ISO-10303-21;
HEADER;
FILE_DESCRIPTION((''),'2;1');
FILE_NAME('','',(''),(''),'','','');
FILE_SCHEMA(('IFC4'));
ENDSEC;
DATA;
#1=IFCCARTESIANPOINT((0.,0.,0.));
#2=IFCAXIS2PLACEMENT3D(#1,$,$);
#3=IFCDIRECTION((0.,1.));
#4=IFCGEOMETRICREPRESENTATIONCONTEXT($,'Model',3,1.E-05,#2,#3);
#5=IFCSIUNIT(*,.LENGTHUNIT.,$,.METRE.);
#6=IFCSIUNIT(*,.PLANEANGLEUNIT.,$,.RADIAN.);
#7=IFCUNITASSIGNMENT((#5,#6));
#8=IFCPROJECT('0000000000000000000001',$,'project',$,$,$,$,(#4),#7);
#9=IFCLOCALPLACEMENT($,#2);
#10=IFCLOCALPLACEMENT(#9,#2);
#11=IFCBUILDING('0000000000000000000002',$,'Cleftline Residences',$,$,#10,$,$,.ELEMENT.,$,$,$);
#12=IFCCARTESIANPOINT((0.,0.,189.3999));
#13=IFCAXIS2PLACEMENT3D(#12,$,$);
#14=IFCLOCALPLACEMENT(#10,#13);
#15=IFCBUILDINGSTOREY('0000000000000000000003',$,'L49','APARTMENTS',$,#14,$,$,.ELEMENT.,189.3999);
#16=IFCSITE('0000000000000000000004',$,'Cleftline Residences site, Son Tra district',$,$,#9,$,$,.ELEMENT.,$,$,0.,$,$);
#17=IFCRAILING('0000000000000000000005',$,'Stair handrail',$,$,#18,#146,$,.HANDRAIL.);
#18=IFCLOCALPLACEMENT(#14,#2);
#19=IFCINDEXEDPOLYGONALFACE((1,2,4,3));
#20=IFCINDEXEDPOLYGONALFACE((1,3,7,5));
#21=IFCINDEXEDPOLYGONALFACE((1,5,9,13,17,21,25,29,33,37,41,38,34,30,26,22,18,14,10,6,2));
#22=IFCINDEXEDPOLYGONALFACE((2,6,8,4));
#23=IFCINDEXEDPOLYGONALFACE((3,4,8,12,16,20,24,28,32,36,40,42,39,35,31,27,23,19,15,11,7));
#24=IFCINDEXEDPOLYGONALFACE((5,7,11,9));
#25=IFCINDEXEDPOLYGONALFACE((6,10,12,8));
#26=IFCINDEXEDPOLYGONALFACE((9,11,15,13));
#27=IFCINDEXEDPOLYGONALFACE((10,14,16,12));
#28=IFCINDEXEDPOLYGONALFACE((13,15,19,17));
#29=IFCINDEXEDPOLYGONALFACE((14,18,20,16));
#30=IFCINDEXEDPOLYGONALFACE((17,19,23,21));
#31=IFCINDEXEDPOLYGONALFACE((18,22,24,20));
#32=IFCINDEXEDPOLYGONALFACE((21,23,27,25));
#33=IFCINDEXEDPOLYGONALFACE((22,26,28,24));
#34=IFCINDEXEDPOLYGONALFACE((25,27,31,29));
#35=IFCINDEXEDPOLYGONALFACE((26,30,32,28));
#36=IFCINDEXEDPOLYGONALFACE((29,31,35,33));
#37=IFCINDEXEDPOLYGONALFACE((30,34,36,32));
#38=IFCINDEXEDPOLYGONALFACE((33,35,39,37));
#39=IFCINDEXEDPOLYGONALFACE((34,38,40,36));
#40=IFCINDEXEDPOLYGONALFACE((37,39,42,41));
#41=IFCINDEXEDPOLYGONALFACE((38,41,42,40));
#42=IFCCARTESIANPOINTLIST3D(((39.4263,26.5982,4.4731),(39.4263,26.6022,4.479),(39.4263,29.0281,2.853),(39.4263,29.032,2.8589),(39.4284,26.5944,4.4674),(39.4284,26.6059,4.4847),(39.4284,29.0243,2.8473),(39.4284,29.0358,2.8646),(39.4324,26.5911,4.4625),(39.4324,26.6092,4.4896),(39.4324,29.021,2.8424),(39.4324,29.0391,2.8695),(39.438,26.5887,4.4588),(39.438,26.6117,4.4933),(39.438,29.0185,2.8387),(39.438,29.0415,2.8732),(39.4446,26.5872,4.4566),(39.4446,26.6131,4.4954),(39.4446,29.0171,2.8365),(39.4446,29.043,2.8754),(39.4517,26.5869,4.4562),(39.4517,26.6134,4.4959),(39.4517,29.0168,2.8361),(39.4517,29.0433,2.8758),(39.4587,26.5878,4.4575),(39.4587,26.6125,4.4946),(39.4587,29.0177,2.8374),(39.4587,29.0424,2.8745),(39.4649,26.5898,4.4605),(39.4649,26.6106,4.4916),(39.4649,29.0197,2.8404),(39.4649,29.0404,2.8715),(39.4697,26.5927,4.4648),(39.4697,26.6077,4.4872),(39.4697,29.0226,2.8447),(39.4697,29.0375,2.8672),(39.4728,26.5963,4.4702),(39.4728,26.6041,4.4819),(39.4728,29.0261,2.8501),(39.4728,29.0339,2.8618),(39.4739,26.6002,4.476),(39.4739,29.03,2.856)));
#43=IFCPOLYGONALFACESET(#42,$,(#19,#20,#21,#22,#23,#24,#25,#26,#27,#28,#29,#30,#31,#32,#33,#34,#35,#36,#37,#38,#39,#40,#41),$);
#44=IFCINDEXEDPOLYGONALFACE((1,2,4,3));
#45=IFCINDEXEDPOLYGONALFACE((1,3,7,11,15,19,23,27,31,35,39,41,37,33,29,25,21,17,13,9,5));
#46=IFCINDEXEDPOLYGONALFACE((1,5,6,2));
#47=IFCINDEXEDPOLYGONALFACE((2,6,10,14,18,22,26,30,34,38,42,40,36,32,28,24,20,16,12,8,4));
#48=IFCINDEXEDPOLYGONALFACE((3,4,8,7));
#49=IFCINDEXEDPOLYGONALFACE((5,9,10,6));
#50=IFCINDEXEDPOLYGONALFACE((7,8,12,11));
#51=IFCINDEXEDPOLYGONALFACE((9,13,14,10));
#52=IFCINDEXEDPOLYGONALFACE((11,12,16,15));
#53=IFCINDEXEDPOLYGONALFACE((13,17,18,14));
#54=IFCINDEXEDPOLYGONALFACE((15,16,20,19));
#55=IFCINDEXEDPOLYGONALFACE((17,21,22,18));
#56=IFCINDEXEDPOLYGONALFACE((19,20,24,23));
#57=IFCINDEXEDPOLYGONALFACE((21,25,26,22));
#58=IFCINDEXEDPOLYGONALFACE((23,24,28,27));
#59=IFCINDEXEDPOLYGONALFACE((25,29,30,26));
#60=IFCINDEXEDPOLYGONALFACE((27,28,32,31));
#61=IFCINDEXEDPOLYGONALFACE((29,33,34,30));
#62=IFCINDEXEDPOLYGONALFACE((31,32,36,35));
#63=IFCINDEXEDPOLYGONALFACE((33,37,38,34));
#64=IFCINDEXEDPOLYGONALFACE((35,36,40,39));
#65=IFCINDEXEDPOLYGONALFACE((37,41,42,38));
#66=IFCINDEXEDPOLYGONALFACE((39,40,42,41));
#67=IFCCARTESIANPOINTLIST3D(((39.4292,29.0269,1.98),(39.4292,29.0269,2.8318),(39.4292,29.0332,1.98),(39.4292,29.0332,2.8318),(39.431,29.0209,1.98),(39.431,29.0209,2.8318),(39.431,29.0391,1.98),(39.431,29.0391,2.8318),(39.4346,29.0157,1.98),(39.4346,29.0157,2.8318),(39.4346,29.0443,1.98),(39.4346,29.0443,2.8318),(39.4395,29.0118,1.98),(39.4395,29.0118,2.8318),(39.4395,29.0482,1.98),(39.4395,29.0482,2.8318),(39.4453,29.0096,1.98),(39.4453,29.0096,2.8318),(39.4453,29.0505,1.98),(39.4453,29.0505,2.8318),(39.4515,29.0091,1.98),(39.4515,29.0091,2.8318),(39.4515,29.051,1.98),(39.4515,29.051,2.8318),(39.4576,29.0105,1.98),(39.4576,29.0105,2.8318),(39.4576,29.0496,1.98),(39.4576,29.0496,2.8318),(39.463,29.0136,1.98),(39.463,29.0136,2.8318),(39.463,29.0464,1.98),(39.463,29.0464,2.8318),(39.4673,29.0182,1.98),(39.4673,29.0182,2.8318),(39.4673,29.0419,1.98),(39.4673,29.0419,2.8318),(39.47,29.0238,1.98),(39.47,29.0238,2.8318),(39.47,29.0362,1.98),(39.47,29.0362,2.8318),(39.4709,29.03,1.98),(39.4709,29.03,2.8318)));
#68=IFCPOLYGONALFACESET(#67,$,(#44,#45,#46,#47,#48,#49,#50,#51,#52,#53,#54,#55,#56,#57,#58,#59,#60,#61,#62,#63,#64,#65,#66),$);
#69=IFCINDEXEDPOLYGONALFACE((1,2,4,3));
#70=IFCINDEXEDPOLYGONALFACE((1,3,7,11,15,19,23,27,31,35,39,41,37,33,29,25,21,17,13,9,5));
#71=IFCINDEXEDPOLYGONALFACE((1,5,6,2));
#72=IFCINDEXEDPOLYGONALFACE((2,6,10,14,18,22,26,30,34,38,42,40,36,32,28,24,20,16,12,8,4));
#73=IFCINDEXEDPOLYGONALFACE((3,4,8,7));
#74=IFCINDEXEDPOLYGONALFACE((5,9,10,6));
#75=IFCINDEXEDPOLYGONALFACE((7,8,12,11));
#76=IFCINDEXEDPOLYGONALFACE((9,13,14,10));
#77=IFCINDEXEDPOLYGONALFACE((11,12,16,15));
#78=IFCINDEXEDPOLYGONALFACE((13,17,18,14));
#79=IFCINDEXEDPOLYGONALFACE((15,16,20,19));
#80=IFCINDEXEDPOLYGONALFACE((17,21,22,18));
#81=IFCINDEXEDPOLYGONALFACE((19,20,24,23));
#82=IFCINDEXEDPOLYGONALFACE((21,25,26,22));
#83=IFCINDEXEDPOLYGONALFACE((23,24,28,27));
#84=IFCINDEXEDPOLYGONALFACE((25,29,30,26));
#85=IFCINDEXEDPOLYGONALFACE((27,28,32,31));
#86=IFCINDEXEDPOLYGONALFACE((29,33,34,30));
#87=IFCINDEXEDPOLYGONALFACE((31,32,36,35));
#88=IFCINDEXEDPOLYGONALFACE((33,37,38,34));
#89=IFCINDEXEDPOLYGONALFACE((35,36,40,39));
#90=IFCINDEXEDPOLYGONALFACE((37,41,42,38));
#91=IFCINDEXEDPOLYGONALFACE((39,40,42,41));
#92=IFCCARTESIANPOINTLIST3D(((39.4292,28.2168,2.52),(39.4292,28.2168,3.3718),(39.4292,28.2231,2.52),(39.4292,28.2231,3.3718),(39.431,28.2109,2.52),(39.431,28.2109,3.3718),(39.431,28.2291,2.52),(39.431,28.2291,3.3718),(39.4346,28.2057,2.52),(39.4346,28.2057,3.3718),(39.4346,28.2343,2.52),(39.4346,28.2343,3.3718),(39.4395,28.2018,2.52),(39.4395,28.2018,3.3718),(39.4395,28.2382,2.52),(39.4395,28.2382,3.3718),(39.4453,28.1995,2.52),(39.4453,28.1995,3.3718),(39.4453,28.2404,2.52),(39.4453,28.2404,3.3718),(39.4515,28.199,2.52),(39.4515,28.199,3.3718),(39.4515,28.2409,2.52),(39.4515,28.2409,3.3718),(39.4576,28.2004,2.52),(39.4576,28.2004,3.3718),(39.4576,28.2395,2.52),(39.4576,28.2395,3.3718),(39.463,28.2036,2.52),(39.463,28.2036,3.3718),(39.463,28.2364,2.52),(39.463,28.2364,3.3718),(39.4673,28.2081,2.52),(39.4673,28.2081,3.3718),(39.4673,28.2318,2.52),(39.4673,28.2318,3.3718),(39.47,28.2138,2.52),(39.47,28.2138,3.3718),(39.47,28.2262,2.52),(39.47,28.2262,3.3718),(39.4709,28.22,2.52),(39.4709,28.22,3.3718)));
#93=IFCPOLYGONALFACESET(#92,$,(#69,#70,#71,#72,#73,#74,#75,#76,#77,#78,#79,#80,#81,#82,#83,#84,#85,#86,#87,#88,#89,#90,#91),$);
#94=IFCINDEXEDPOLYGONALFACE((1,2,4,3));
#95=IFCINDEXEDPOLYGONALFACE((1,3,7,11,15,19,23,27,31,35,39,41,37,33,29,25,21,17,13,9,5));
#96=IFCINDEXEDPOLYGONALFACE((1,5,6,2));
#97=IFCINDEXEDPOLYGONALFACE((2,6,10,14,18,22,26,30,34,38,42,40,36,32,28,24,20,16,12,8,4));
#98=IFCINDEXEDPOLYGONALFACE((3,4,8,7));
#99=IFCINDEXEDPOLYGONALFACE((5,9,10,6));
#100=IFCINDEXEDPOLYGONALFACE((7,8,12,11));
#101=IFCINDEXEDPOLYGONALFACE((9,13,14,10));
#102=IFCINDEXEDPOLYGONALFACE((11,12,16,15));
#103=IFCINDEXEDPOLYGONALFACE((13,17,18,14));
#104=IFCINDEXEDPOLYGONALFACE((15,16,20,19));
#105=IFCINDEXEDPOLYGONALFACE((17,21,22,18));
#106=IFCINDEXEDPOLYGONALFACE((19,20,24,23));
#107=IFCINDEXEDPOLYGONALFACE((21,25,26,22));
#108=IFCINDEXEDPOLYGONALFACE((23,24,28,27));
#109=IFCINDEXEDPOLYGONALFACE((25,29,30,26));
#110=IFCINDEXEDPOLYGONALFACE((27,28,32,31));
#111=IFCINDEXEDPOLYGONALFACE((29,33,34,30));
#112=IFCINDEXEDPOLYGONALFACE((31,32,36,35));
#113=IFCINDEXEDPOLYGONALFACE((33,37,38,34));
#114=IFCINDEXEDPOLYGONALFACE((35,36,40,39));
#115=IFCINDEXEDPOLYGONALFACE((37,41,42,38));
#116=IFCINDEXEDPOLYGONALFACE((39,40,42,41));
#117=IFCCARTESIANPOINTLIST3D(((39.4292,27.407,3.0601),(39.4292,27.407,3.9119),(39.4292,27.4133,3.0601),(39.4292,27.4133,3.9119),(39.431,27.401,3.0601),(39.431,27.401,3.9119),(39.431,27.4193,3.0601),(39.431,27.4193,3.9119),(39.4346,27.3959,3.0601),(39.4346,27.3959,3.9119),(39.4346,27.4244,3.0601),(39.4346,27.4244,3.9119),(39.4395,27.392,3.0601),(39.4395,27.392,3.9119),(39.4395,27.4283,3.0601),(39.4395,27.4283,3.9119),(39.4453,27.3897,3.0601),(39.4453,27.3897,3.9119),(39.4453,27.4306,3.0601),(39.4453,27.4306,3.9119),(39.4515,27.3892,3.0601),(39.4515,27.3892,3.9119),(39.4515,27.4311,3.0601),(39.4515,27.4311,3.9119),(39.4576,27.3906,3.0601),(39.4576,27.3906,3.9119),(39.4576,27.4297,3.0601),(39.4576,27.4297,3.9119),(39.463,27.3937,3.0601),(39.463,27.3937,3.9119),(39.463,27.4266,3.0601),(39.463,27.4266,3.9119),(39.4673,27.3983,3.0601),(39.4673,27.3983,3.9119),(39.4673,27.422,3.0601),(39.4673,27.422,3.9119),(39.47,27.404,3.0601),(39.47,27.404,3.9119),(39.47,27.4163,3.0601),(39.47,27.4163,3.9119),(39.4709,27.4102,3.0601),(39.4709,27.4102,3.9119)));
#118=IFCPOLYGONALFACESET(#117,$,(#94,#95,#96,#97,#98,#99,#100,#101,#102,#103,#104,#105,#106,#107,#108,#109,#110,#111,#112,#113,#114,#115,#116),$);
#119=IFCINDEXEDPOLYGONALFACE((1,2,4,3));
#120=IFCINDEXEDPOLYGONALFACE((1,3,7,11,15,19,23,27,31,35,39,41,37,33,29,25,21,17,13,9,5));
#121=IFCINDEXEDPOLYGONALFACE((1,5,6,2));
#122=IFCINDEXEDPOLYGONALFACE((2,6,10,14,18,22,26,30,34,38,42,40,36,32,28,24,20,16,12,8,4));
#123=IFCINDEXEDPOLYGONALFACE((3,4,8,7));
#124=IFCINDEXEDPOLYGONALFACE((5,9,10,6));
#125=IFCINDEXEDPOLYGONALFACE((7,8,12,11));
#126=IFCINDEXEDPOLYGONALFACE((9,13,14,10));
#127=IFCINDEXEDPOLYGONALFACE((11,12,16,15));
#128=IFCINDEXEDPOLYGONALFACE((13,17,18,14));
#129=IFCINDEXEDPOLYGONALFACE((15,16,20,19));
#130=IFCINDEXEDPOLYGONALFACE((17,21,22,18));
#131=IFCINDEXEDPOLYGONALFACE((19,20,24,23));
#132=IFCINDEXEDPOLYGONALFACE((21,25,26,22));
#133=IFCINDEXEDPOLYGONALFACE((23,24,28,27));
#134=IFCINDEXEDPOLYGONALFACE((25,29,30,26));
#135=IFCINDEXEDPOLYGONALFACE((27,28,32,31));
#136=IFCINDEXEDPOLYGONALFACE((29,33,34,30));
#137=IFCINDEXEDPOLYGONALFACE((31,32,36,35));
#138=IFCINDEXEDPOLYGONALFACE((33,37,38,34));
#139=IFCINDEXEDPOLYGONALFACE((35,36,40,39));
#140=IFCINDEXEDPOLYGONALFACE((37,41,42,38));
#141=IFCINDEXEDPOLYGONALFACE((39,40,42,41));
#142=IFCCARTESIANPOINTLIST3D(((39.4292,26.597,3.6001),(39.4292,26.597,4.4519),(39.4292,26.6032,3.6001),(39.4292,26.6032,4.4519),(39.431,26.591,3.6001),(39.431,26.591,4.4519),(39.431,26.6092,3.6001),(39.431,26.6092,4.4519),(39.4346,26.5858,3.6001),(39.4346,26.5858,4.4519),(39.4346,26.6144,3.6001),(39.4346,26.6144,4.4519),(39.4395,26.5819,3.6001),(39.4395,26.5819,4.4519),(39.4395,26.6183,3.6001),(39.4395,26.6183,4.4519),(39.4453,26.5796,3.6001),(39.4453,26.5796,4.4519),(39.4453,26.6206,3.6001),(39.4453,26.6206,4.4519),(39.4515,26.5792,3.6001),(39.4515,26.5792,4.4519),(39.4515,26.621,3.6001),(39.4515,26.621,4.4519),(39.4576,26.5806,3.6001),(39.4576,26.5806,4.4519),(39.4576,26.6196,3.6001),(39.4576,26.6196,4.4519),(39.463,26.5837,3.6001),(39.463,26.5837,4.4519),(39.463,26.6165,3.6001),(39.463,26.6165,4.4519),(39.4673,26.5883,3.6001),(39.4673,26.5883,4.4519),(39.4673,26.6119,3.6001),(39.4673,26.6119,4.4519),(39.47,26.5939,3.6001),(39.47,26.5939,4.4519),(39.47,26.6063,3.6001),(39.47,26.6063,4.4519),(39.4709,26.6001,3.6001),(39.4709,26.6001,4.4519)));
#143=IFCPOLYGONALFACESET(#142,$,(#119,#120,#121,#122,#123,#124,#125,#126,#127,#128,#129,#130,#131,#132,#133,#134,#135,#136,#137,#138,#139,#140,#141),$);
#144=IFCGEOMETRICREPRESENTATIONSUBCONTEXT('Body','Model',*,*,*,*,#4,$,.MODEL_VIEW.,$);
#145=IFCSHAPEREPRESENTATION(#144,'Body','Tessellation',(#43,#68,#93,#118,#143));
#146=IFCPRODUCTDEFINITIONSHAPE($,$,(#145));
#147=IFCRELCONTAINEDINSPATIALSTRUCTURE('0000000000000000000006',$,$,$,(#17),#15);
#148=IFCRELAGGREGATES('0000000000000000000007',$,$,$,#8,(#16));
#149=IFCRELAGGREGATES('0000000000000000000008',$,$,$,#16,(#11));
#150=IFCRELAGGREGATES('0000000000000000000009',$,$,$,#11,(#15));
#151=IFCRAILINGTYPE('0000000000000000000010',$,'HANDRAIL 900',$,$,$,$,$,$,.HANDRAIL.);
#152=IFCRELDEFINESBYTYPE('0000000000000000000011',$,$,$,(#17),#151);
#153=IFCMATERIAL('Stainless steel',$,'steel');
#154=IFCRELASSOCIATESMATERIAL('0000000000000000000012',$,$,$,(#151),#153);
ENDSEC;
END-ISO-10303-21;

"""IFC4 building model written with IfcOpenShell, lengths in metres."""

from ifc_helpers import new_model, si_unit, direction, frame, origin, origin_2d, place, context, subcontext, project, spatial, circle, extrude, material, type_object, element, save


model = new_model("IFC4")

# Units and contexts
model_context = context("Model", 3, precision=1e-05, world=origin(), true_north=direction((0.0, 1.0)))
body_context = subcontext(model_context, "Body", "Model", "MODEL_VIEW")
ifc_project = project(units=[si_unit("LENGTHUNIT", "METRE"), si_unit("PLANEANGLEUNIT", "RADIAN")], contexts=[model_context])

# Site, building, storey
site_placement = place(None, origin())
site = spatial("IfcSite", under=ifc_project, at=site_placement, Name="Cleftline Residences site, Son Tra district", CompositionType="ELEMENT", RefElevation=0.0)
building_placement = place(site_placement, origin())
building = spatial("IfcBuilding", under=site, at=building_placement, Name="Cleftline Residences", CompositionType="ELEMENT")
storey_placement = place(building_placement, frame((0.0, 0.0, 189.3999)))
storey = spatial("IfcBuildingStorey", under=building, at=storey_placement, Name="L49", Description="APARTMENTS", CompositionType="ELEMENT", Elevation=189.3999)

# Railing
ifc_material_1 = material(Name="Stainless steel", Category="steel")
railing_type = type_object("IfcRailingType", Name="HANDRAIL 900", PredefinedType="HANDRAIL", material=ifc_material_1)
railing_1_placement = place(storey_placement, frame((39.45, 29.03, 1.98)))
element("IfcRailing", 1, at=railing_1_placement, inside=storey, type_object=railing_type, Name="Stair handrail", PredefinedType="HANDRAIL", context=body_context, shape_type="SweptSolid", body=[
    extrude(circle(Radius=0.0239, at=origin_2d()), frame((0.0, 0.0, 0.876), z_axis=(0.0, -0.832025, 0.554739), x_axis=(1.0, 0.0, 0.0)), (0.0, 0.0, 1.0), 2.9204),
    extrude(circle(Radius=0.021, at=origin_2d()), origin(), (0.0, 0.0, 1.0), 0.8518),
    extrude(circle(Radius=0.021, at=origin_2d()), frame((0.0, -0.8101, 0.54)), (0.0, 0.0, 1.0), 0.8518),
    extrude(circle(Radius=0.021, at=origin_2d()), frame((0.0, -1.6199, 1.0801)), (0.0, 0.0, 1.0), 0.8518),
    extrude(circle(Radius=0.021, at=origin_2d()), frame((0.0, -2.4299, 1.6201)), (0.0, 0.0, 1.0), 0.8518),
])

save(model, "model.ifc")
